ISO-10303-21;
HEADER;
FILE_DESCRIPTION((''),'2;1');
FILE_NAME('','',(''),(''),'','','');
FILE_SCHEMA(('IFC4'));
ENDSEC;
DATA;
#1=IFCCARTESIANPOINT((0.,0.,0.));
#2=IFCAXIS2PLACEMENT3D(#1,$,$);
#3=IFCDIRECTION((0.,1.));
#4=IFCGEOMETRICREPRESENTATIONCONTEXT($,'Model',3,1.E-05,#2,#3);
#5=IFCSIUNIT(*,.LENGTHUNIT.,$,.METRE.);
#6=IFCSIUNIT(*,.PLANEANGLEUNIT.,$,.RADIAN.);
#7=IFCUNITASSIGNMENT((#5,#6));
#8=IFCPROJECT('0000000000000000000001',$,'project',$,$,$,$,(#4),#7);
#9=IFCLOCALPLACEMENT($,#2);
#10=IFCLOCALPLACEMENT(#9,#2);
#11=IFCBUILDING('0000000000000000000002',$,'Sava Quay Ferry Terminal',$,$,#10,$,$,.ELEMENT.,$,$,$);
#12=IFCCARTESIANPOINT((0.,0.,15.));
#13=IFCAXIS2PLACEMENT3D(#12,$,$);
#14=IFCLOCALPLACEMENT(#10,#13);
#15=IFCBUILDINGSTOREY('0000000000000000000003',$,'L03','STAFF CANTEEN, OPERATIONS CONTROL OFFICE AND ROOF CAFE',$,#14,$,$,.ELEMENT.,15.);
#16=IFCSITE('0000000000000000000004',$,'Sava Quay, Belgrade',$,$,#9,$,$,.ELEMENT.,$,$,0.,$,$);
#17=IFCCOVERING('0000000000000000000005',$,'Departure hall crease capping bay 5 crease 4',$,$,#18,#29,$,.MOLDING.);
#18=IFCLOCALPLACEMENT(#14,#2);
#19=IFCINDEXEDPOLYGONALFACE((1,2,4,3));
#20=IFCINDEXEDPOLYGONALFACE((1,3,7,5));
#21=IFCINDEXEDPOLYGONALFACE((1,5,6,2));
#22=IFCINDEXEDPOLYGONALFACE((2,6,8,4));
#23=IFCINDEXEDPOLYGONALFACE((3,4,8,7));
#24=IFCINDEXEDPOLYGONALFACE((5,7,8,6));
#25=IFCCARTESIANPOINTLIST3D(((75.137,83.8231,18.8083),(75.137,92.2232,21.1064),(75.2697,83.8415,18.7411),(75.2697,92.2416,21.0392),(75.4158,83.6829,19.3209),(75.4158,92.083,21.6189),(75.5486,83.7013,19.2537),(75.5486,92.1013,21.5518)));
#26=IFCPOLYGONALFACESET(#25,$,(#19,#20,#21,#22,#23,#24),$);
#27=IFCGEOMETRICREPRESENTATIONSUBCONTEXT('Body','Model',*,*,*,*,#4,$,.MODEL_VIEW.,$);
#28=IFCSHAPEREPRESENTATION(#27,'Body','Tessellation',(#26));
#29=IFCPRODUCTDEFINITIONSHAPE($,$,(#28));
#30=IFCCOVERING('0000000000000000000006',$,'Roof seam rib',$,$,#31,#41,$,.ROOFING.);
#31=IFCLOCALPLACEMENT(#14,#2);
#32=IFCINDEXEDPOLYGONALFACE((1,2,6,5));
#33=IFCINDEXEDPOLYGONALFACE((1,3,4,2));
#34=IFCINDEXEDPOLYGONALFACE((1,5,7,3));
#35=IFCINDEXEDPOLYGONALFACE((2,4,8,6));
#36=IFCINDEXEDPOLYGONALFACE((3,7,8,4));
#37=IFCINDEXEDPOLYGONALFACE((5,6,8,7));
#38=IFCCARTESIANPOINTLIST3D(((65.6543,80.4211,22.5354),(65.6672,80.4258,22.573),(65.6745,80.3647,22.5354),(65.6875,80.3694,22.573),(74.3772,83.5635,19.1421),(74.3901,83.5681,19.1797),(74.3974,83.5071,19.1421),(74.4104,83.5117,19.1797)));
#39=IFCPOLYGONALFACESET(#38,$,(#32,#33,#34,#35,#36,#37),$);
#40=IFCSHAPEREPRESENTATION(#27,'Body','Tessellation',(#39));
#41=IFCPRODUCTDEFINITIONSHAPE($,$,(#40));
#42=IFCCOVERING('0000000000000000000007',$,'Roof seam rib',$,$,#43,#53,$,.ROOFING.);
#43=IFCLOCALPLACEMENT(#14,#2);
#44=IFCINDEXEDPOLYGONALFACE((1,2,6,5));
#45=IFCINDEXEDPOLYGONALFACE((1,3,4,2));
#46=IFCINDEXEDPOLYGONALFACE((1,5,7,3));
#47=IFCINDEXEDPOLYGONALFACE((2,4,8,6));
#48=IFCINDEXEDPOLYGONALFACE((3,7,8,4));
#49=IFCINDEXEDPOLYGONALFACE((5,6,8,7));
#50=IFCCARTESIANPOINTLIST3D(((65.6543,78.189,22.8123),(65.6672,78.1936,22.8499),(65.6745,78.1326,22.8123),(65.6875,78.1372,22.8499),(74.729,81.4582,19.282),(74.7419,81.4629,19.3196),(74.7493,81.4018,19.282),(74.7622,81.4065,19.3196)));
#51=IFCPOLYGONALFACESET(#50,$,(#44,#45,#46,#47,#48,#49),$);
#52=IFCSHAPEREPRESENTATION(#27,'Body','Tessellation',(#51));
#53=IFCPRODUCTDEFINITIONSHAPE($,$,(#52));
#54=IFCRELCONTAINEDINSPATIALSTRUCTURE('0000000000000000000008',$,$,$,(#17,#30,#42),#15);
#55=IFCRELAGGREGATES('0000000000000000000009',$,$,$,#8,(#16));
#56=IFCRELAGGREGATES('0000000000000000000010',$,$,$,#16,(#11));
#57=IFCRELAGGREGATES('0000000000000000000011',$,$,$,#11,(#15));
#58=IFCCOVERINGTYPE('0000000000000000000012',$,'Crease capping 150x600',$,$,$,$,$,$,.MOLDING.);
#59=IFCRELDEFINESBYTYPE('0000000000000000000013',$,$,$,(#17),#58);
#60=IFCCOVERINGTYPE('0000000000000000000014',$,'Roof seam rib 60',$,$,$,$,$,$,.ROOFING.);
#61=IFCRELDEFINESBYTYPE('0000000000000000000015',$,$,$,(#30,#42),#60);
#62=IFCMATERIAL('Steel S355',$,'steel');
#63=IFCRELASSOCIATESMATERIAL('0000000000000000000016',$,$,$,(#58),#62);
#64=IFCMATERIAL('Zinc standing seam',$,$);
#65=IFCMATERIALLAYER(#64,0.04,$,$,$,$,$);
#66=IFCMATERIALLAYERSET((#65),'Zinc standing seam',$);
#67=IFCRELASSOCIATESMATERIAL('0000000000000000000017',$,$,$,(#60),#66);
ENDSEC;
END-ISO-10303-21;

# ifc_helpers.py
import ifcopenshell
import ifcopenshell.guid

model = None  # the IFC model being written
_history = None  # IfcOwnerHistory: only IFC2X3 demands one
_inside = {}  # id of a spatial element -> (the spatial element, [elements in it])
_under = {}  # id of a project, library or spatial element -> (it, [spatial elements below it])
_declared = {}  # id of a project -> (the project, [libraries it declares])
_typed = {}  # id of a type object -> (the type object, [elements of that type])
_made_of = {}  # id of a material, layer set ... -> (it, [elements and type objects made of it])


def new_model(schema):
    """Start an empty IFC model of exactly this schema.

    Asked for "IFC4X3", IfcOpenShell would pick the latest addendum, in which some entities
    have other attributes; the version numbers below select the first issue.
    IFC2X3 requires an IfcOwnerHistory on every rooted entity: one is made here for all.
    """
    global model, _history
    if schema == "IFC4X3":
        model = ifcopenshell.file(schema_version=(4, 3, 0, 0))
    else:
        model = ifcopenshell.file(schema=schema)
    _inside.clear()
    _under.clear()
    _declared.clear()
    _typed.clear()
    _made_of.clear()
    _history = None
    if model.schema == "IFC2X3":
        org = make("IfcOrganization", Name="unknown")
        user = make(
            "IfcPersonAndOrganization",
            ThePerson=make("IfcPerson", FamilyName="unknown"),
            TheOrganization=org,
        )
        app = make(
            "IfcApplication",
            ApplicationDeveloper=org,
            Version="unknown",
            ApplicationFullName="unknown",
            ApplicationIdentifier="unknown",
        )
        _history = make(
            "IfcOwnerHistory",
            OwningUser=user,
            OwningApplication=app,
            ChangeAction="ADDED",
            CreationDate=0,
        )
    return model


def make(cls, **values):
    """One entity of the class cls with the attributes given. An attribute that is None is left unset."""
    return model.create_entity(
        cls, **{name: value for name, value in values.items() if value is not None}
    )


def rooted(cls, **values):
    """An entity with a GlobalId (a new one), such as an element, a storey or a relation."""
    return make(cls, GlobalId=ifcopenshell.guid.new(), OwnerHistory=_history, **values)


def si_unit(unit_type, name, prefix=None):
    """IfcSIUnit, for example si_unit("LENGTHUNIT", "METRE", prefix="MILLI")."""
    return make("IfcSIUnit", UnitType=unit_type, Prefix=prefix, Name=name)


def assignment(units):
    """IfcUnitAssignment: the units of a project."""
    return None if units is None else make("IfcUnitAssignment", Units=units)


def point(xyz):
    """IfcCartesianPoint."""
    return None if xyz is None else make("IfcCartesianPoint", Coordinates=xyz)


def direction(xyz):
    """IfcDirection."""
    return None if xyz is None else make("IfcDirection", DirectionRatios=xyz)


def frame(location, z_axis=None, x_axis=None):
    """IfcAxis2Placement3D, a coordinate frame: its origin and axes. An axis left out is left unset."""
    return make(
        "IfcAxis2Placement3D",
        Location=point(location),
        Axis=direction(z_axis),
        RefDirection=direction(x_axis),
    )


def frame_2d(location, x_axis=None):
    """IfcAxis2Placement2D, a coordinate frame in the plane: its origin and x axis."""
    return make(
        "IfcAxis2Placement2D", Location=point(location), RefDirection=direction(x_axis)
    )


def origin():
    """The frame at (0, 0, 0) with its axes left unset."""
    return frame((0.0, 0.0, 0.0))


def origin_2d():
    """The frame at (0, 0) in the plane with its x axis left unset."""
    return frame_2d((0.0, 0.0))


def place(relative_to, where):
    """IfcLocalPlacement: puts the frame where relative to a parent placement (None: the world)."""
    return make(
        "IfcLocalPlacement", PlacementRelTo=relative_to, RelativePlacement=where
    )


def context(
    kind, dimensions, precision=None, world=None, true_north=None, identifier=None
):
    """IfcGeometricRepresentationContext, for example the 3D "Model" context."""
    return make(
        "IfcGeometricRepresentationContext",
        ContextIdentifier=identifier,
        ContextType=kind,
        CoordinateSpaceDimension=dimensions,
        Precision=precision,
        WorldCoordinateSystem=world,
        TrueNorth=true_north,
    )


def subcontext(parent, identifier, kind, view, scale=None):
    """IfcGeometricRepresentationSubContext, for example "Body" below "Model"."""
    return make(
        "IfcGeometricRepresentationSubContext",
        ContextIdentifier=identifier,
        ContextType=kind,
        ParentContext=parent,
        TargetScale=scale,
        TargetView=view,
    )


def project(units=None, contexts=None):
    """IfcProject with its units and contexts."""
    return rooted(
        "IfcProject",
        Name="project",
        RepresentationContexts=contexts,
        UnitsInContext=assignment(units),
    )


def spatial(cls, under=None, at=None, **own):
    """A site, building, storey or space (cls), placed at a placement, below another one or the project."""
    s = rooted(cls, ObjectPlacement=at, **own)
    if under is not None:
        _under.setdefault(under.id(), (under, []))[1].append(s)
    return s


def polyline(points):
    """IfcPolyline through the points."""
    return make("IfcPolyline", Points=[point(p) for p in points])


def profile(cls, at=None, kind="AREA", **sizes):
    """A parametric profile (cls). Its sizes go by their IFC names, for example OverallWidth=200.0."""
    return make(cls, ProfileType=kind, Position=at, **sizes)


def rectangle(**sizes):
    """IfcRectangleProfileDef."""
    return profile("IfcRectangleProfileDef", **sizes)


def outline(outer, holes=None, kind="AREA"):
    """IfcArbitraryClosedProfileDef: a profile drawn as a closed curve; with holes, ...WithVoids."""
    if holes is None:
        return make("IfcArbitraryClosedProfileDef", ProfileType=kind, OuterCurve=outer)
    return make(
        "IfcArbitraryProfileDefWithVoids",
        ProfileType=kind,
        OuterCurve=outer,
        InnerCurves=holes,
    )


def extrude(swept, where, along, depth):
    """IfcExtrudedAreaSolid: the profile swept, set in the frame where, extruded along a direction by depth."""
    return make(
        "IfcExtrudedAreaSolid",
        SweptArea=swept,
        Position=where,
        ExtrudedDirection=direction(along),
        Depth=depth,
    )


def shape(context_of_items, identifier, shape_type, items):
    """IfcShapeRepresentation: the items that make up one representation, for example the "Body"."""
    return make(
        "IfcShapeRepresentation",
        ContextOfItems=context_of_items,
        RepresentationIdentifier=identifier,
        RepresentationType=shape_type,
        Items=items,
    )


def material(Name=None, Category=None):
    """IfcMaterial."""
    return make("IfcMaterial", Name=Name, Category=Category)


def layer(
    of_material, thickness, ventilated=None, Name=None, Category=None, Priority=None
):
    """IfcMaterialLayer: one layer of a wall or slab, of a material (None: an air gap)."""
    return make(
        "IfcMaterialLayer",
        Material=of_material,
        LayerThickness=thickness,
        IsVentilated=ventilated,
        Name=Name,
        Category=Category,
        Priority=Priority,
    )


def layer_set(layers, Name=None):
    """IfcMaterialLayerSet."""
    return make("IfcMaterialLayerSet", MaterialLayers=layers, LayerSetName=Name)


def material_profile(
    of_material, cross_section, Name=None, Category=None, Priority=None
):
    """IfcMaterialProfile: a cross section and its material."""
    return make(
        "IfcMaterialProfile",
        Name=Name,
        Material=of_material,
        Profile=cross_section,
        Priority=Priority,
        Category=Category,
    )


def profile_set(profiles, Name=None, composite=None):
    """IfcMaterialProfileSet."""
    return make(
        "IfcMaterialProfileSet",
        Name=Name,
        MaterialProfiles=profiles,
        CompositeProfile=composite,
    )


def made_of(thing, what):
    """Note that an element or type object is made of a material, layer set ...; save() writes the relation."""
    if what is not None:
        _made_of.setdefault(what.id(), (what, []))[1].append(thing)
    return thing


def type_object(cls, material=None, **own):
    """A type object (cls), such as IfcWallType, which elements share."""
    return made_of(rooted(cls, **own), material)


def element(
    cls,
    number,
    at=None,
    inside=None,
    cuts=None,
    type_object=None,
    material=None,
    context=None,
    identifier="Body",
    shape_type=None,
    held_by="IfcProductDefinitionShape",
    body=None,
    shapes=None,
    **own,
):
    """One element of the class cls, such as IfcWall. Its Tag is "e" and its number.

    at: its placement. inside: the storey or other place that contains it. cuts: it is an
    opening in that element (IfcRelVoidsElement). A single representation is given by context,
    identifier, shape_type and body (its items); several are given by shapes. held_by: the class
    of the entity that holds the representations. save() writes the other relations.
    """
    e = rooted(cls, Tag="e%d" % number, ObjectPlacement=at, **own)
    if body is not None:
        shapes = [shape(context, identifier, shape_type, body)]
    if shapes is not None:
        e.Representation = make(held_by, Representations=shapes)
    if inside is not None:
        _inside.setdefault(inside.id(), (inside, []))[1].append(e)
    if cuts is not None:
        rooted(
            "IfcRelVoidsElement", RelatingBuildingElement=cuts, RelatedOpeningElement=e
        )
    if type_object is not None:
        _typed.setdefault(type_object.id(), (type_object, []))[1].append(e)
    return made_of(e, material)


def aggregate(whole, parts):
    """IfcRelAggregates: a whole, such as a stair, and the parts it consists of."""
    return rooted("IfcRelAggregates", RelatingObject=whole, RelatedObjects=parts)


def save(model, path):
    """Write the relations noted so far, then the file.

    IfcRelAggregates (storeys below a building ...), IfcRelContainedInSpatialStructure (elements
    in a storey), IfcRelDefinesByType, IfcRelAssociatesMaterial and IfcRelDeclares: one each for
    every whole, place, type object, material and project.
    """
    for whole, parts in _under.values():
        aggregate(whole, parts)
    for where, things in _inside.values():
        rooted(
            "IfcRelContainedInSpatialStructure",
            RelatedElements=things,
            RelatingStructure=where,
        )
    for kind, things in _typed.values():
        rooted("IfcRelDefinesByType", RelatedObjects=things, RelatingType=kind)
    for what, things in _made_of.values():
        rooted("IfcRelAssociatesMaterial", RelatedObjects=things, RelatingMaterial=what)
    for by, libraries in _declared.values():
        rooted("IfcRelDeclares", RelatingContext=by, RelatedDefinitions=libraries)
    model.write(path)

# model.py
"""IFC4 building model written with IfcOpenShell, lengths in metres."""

from ifc_helpers import new_model, si_unit, direction, frame, origin, origin_2d, place, context, subcontext, project, spatial, polyline, rectangle, outline, extrude, material, layer, layer_set, material_profile, profile_set, type_object, element, save


model = new_model("IFC4")

# Units and contexts
model_context = context("Model", 3, precision=1e-05, world=origin(), true_north=direction((0.0, 1.0)))
body_context = subcontext(model_context, "Body", "Model", "MODEL_VIEW")
ifc_project = project(units=[si_unit("LENGTHUNIT", "METRE"), si_unit("PLANEANGLEUNIT", "RADIAN")], contexts=[model_context])

# Site, building, storey
site_placement = place(None, origin())
site = spatial("IfcSite", under=ifc_project, at=site_placement, Name="Sava Quay, Belgrade", CompositionType="ELEMENT", RefElevation=0.0)
building_placement = place(site_placement, origin())
building = spatial("IfcBuilding", under=site, at=building_placement, Name="Sava Quay Ferry Terminal", CompositionType="ELEMENT")
storey_placement = place(building_placement, frame((0.0, 0.0, 15.0)))
storey = spatial("IfcBuildingStorey", under=building, at=storey_placement, Name="L03", Description="STAFF CANTEEN, OPERATIONS CONTROL OFFICE AND ROOF CAFE", CompositionType="ELEMENT", Elevation=15.0)

# Coverings
ifc_material_1 = material(Name="Steel S355", Category="steel")
ifc_material_profile_1 = material_profile(ifc_material_1, rectangle(XDim=0.1499, YDim=0.6001, at=origin_2d()), Name="Cap 150 x 600")
ifc_profile_set_1 = profile_set([ifc_material_profile_1], Name="Steel S355")
covering_type_1 = type_object("IfcCoveringType", Name="Crease capping 150x600", PredefinedType="MOLDING", material=ifc_profile_set_1)
covering_1_placement = place(storey_placement, frame((75.3428, 83.7622, 19.031), z_axis=(0.0, 0.964555, 0.263881), x_axis=(-0.885499, -0.12261, 0.448172)))
element("IfcCovering", 1, at=covering_1_placement, inside=storey, type_object=covering_type_1, Name="Departure hall crease capping bay 5 crease 4", PredefinedType="MOLDING", context=body_context, shape_type="SweptSolid", body=[
    extrude(rectangle(XDim=0.1499, YDim=0.6001, at=origin_2d()), origin(), (0.0, 0.0, 1.0), 8.7087),
])
ifc_material_2 = material(Name="Zinc standing seam")
ifc_layer_1 = layer(ifc_material_2, 0.04)
ifc_layer_set_1 = layer_set([ifc_layer_1], Name="Zinc standing seam")
covering_type_2 = type_object("IfcCoveringType", Name="Roof seam rib 60", PredefinedType="ROOFING", material=ifc_layer_set_1)
covering_2_placement = place(storey_placement, frame((74.4104, 83.5117, 19.1797), z_axis=(0.323448, 0.116217, 0.939082), x_axis=(-0.883503, -0.318273, 0.343693)))
element("IfcCovering", 2, at=covering_2_placement, inside=storey, type_object=covering_type_2, Name="Roof seam rib", PredefinedType="ROOFING", context=body_context, shape_type="SweptSolid", body=[
    extrude(outline(polyline([(0.0, 0.0), (9.8731, 0.0), (9.873, -0.0599), (0.0, -0.0599), (0.0, 0.0)])), origin(), (0.0, 0.0, -1.0), 0.04),
])
covering_3_placement = place(storey_placement, frame((74.7622, 81.4065, 19.3196), z_axis=(0.323454, 0.116219, 0.93908), x_axis=(-0.883494, -0.318291, 0.3437)))
element("IfcCovering", 3, at=covering_3_placement, inside=storey, type_object=covering_type_2, Name="Roof seam rib", PredefinedType="ROOFING", context=body_context, shape_type="SweptSolid", body=[
    extrude(outline(polyline([(0.0, 0.0), (10.2714, 0.0), (10.2713, -0.0599), (0.0, -0.0599), (0.0, 0.0)])), origin(), (0.0, 0.0, -1.0), 0.04),
])

save(model, "model.ifc")
